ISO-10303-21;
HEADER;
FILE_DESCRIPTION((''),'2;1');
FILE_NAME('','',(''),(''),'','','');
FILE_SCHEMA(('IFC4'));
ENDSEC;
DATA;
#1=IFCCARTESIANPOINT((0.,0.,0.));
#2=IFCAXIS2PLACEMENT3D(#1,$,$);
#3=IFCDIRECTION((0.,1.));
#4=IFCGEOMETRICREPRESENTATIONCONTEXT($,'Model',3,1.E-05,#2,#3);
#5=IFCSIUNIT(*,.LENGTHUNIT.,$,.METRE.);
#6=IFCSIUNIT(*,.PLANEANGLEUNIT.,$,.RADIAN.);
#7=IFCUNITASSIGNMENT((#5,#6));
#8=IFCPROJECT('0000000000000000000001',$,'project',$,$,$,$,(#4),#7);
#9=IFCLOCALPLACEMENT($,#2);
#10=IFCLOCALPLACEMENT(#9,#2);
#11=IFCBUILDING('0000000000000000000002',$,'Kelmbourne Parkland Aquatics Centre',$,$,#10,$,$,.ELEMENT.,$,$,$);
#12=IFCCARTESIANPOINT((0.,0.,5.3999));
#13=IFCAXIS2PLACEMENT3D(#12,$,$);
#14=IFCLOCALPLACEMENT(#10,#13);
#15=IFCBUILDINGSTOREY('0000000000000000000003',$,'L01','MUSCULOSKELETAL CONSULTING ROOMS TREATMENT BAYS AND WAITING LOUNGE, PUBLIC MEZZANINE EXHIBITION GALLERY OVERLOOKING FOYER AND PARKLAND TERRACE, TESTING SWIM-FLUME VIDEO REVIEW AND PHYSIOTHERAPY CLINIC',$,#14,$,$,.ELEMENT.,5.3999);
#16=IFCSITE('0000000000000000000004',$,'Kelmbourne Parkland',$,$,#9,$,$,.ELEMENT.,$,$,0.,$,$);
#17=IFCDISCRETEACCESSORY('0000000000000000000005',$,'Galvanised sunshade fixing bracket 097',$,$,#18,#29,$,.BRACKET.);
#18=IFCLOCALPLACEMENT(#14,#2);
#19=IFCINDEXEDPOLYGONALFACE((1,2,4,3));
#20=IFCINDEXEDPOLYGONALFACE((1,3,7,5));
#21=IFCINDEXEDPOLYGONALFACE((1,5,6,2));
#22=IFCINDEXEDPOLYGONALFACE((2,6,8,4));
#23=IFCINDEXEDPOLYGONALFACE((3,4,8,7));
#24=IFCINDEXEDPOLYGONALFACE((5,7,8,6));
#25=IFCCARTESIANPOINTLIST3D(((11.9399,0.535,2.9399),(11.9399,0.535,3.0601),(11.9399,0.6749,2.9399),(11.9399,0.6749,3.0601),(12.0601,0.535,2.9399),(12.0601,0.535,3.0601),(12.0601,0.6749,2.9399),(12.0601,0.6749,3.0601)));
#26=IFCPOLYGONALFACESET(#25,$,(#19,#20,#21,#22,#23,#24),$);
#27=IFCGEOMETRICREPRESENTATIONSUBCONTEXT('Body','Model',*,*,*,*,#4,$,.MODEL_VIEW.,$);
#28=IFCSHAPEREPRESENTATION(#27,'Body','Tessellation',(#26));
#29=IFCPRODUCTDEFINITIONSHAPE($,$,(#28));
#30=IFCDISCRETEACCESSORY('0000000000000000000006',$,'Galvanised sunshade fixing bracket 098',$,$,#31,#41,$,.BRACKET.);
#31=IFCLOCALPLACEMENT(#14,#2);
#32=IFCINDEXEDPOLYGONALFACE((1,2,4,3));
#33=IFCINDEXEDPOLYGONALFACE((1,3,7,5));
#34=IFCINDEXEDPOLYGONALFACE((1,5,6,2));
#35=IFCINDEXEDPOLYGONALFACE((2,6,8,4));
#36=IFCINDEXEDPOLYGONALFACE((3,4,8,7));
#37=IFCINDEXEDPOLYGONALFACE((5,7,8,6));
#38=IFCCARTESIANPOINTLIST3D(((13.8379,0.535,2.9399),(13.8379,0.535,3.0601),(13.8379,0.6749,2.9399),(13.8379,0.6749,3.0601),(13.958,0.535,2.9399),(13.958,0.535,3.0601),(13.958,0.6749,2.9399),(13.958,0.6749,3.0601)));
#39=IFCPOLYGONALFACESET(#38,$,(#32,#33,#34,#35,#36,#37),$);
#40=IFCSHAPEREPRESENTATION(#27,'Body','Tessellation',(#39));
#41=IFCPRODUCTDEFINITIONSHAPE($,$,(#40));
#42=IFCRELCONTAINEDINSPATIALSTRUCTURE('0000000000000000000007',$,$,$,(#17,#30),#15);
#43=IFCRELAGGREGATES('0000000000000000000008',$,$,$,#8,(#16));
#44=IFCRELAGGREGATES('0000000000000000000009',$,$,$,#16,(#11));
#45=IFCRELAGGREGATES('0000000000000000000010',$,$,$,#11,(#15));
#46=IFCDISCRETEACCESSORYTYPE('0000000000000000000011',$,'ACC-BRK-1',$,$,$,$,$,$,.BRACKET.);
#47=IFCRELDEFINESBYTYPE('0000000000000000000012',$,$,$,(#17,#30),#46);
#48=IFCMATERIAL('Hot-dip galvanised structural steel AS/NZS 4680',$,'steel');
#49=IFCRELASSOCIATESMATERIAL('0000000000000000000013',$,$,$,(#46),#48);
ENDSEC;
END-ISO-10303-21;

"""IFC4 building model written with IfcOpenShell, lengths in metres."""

from ifc_helpers import new_model, si_unit, direction, frame, origin, origin_2d, place, context, subcontext, project, spatial, rectangle, extrude, material, type_object, element, save


model = new_model("IFC4")

# Units and contexts
model_context = context("Model", 3, precision=1e-05, world=origin(), true_north=direction((0.0, 1.0)))
body_context = subcontext(model_context, "Body", "Model", "MODEL_VIEW")
ifc_project = project(units=[si_unit("LENGTHUNIT", "METRE"), si_unit("PLANEANGLEUNIT", "RADIAN")], contexts=[model_context])

# Site, building, storey
site_placement = place(None, origin())
site = spatial("IfcSite", under=ifc_project, at=site_placement, Name="Kelmbourne Parkland", CompositionType="ELEMENT", RefElevation=0.0)
building_placement = place(site_placement, origin())
building = spatial("IfcBuilding", under=site, at=building_placement, Name="Kelmbourne Parkland Aquatics Centre", CompositionType="ELEMENT")
storey_placement = place(building_placement, frame((0.0, 0.0, 5.3999)))
storey = spatial("IfcBuildingStorey", under=building, at=storey_placement, Name="L01", Description="MUSCULOSKELETAL CONSULTING ROOMS TREATMENT BAYS AND WAITING LOUNGE, PUBLIC MEZZANINE EXHIBITION GALLERY OVERLOOKING FOYER AND PARKLAND TERRACE, TESTING SWIM-FLUME VIDEO REVIEW AND PHYSIOTHERAPY CLINIC", CompositionType="ELEMENT", Elevation=5.3999)

# Discrete accessories
ifc_material_1 = material(Name="Hot-dip galvanised structural steel AS/NZS 4680", Category="steel")
discrete_accessory_type = type_object("IfcDiscreteAccessoryType", Name="ACC-BRK-1", PredefinedType="BRACKET", material=ifc_material_1)
for number, where, z_axis, x_axis, name in (
    (1, (12.0, 0.605, 2.9399), (0.0, 0.0, 1.0), (1.0, 0.0, 0.0), "Galvanised sunshade fixing bracket 097"),
    (2, (13.8979, 0.605, 2.9399), (0.0, 0.0, 1.0), (1.0, 0.0, 0.0), "Galvanised sunshade fixing bracket 098"),
):
    element("IfcDiscreteAccessory", number, at=place(storey_placement, frame(where, z_axis=z_axis, x_axis=x_axis)), inside=storey, type_object=discrete_accessory_type, Name=name, PredefinedType="BRACKET", context=body_context, shape_type="SweptSolid", body=[
        extrude(rectangle(XDim=0.1201, YDim=0.1399, at=origin_2d()), origin(), (0.0, 0.0, 1.0), 0.1201),
    ])

save(model, "model.ifc")
